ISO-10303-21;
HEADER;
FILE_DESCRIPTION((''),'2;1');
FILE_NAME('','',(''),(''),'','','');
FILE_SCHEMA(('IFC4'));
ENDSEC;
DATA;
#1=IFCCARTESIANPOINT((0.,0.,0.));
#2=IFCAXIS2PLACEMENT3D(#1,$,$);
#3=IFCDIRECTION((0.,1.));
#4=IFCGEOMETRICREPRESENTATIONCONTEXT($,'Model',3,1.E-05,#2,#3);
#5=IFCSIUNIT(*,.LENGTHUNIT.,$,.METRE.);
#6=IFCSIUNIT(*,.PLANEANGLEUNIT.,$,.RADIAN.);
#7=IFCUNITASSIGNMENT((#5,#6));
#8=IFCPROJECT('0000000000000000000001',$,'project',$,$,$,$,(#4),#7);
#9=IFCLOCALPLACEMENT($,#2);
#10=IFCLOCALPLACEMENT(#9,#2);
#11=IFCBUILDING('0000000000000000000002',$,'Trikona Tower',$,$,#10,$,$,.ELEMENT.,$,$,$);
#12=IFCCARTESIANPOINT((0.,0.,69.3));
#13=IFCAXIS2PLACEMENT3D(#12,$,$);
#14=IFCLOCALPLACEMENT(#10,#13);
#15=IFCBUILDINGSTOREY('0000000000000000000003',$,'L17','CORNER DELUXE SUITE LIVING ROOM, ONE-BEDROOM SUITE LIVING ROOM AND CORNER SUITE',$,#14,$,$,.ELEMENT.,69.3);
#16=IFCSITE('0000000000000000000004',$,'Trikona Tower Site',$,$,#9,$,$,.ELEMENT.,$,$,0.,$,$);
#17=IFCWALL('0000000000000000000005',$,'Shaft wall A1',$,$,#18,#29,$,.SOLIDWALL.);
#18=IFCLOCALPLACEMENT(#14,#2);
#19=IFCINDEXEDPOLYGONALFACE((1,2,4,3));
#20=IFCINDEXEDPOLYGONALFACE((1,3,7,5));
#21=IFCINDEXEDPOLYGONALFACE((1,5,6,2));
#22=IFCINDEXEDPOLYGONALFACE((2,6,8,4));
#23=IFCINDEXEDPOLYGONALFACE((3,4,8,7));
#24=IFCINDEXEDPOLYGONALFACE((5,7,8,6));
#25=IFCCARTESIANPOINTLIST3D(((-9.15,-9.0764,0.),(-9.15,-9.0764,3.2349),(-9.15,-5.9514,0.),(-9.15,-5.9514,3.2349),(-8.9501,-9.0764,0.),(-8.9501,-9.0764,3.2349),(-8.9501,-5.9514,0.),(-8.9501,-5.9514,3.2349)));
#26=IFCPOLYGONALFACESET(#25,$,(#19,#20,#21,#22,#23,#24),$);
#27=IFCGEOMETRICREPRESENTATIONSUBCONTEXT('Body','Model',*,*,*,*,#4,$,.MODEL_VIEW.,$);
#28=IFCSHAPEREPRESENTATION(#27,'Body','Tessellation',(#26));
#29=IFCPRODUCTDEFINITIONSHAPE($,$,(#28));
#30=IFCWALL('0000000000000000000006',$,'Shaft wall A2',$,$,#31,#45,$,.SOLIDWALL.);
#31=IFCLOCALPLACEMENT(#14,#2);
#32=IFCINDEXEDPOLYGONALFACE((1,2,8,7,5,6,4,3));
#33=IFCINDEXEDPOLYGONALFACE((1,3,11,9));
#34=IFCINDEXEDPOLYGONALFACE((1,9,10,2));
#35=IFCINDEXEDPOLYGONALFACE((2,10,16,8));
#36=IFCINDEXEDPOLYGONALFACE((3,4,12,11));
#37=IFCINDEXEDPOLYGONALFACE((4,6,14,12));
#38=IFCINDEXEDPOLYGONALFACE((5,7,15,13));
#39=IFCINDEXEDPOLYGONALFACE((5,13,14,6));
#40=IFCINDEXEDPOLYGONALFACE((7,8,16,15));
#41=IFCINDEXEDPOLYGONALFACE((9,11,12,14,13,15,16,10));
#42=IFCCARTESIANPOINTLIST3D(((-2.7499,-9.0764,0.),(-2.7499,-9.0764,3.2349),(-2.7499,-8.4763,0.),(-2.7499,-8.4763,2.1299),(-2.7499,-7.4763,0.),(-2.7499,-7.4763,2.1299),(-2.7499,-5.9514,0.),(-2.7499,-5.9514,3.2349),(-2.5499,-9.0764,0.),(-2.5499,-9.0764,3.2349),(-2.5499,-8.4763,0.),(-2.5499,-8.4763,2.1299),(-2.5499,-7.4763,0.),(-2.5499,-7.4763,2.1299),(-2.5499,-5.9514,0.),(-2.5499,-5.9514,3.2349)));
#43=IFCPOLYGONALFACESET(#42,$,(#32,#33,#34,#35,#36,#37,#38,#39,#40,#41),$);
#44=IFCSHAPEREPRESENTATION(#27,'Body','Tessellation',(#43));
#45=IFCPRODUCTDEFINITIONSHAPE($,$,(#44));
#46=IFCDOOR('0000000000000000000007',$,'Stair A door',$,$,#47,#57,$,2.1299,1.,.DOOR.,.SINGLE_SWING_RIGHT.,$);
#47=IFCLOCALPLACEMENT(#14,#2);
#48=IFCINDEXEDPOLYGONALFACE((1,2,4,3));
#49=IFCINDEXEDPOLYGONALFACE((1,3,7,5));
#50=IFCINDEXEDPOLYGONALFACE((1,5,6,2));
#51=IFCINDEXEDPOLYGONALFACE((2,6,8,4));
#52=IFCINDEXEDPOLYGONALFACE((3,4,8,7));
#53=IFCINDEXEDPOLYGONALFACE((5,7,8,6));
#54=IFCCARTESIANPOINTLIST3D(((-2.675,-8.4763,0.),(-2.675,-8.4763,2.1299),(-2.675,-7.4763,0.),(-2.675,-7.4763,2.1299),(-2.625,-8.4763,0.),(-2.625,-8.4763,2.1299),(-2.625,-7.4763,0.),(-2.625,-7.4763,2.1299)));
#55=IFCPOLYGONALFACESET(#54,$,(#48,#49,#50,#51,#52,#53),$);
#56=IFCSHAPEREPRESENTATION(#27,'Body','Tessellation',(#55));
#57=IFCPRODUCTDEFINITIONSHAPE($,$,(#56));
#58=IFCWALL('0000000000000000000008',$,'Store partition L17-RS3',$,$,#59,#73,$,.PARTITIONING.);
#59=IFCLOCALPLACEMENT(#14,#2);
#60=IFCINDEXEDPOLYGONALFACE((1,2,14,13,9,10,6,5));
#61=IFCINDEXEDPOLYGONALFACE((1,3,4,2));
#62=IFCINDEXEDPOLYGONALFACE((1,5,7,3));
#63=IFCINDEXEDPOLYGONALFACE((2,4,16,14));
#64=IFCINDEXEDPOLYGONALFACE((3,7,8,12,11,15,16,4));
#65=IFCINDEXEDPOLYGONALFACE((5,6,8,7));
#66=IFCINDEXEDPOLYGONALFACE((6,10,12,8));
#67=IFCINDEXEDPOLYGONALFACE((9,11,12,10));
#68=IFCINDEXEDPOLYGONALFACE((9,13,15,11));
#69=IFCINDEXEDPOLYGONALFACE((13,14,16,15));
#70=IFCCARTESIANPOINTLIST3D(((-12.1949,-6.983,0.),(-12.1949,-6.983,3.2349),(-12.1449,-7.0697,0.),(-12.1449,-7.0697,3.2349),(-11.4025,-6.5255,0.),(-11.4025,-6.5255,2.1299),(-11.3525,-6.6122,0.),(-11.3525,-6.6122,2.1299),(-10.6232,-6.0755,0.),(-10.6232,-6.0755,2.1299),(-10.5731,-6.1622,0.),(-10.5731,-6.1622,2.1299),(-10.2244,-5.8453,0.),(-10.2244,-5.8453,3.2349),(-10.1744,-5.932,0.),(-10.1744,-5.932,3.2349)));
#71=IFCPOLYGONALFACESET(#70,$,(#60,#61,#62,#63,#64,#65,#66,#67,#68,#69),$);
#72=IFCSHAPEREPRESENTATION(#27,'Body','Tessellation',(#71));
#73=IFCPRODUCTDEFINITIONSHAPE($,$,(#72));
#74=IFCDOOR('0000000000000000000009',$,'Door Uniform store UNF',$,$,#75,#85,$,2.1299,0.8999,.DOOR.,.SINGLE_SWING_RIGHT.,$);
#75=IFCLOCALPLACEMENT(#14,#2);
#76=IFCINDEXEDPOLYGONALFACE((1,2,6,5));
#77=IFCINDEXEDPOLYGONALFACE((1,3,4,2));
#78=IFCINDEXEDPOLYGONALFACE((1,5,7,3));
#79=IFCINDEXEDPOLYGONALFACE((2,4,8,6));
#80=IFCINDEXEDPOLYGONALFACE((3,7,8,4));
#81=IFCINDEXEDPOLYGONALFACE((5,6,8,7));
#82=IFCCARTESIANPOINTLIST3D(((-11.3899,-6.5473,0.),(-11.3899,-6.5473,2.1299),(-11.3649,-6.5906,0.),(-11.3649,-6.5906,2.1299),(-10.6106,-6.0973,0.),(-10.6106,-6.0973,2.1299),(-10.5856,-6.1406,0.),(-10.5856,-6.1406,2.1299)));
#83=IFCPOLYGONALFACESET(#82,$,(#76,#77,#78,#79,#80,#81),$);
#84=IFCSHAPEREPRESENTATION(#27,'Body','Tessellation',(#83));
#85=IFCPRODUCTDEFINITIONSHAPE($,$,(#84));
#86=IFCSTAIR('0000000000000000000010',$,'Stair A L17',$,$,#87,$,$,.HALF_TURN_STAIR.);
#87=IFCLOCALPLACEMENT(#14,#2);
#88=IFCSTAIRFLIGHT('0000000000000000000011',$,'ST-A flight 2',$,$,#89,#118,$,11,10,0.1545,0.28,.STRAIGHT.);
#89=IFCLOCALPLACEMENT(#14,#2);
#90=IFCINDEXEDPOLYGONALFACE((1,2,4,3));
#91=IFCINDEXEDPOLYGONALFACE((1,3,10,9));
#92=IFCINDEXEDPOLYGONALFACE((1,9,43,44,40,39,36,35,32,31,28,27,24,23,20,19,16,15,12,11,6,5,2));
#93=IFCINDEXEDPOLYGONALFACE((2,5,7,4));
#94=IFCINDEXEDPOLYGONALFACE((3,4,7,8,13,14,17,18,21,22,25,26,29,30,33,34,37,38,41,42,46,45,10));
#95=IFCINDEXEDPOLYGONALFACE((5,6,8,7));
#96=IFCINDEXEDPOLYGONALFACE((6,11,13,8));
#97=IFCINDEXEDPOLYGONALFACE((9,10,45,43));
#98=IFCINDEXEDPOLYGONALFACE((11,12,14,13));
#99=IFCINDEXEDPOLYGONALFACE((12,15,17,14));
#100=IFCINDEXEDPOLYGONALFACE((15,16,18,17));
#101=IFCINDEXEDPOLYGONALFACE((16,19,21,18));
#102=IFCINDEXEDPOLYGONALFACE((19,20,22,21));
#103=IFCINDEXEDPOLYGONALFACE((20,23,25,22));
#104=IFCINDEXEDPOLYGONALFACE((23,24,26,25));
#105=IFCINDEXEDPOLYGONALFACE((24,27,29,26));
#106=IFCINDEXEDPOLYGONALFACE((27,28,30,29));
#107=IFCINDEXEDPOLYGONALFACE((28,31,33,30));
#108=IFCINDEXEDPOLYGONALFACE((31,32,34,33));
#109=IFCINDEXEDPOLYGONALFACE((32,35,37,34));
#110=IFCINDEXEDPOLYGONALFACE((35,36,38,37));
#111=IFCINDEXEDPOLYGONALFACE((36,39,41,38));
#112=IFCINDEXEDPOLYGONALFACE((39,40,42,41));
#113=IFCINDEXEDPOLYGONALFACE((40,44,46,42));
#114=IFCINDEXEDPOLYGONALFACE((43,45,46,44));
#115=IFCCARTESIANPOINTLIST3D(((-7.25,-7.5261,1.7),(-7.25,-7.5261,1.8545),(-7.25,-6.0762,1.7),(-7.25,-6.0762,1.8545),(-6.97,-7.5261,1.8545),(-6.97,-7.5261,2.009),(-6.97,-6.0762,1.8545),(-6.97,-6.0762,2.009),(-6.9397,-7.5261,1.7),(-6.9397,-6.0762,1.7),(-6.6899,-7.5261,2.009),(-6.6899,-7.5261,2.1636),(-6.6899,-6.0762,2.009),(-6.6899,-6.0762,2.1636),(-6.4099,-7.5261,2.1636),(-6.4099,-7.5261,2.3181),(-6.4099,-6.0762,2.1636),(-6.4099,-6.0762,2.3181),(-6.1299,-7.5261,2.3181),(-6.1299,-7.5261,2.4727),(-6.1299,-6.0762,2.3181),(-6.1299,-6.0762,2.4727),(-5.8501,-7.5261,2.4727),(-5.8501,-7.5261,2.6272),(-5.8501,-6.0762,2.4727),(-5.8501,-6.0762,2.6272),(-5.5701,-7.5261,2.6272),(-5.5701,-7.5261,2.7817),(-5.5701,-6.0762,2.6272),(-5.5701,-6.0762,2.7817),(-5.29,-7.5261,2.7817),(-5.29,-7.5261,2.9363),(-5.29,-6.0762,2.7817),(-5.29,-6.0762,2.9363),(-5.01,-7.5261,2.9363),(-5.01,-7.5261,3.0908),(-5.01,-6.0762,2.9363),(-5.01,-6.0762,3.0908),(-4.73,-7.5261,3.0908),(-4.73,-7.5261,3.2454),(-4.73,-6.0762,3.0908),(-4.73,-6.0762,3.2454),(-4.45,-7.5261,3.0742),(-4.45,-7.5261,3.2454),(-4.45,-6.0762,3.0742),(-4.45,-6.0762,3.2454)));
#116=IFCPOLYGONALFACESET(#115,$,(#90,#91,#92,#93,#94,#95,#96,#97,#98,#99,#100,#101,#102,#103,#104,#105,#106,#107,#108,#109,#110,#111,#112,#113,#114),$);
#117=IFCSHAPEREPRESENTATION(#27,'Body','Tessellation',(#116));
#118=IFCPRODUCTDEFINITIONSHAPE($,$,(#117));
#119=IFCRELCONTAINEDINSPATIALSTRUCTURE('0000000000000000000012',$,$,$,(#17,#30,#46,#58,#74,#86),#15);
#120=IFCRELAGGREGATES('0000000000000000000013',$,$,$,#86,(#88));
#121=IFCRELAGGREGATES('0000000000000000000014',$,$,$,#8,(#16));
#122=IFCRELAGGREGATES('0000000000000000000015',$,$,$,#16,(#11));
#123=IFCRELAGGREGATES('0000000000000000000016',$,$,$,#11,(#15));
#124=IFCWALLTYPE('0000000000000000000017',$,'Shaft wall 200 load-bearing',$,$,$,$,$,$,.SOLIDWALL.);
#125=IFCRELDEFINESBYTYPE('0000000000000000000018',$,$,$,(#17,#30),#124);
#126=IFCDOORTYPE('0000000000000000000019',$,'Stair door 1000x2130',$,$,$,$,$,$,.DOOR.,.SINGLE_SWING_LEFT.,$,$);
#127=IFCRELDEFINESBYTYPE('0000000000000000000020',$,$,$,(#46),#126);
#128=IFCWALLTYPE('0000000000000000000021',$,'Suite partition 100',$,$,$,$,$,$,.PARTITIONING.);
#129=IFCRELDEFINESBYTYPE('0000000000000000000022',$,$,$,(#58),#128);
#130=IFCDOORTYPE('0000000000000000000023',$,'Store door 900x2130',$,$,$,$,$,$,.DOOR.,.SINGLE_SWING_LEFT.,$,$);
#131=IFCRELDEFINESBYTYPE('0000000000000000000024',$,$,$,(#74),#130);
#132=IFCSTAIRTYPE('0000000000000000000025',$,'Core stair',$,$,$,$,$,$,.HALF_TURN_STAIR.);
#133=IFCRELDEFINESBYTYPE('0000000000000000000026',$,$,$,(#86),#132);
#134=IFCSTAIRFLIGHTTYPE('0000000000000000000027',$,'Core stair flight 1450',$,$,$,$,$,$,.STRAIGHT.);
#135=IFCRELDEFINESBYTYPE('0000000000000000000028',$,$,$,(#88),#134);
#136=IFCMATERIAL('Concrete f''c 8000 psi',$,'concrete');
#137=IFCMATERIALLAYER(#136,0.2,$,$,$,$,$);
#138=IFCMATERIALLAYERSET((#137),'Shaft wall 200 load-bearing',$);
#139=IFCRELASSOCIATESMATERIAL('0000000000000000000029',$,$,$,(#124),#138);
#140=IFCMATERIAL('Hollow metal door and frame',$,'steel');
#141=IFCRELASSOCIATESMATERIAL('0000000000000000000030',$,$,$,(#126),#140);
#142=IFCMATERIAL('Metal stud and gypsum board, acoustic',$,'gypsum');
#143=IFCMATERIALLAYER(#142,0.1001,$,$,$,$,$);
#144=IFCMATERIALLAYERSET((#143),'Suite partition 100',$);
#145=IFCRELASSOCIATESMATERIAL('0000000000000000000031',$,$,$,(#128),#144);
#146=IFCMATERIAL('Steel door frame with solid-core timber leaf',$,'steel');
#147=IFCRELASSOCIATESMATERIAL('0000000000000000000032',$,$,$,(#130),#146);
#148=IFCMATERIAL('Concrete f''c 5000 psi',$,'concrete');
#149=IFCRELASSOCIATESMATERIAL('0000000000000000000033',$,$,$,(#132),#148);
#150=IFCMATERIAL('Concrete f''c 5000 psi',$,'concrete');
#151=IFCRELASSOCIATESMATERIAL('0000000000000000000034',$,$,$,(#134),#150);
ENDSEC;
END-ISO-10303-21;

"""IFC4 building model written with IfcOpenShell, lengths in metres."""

from ifc_helpers import new_model, si_unit, direction, frame, frame_2d, origin, place, context, subcontext, project, spatial, polyline, rectangle, outline, extrude, material, layer, layer_set, type_object, element, fill, aggregate, save


model = new_model("IFC4")

# Units and contexts
model_context = context("Model", 3, precision=1e-05, world=origin(), true_north=direction((0.0, 1.0)))
body_context = subcontext(model_context, "Body", "Model", "MODEL_VIEW")
ifc_project = project(units=[si_unit("LENGTHUNIT", "METRE"), si_unit("PLANEANGLEUNIT", "RADIAN")], contexts=[model_context])

# Site, building, storey
site_placement = place(None, origin())
site = spatial("IfcSite", under=ifc_project, at=site_placement, Name="Trikona Tower Site", CompositionType="ELEMENT", RefElevation=0.0)
building_placement = place(site_placement, origin())
building = spatial("IfcBuilding", under=site, at=building_placement, Name="Trikona Tower", CompositionType="ELEMENT")
storey_placement = place(building_placement, frame((0.0, 0.0, 69.3)))
storey = spatial("IfcBuildingStorey", under=building, at=storey_placement, Name="L17", Description="CORNER DELUXE SUITE LIVING ROOM, ONE-BEDROOM SUITE LIVING ROOM AND CORNER SUITE", CompositionType="ELEMENT", Elevation=69.3)

# Wall
ifc_material_1 = material(Name="Concrete f'c 8000 psi", Category="concrete")
ifc_layer_1 = layer(ifc_material_1, 0.2)
ifc_layer_set_1 = layer_set([ifc_layer_1], Name="Shaft wall 200 load-bearing")
wall_type_1 = type_object("IfcWallType", Name="Shaft wall 200 load-bearing", PredefinedType="SOLIDWALL", material=ifc_layer_set_1)
wall_1_placement = place(storey_placement, frame((-9.05, -5.9514, 0.0), z_axis=(0.0, 0.0, 1.0), x_axis=(0.0, -1.0, 0.0)))
element("IfcWall", 1, at=wall_1_placement, inside=storey, type_object=wall_type_1, Name="Shaft wall A1", PredefinedType="SOLIDWALL", context=body_context, shape_type="SweptSolid", body=[
    extrude(rectangle(XDim=3.125, YDim=0.2, at=frame_2d((1.5625, 0.0))), origin(), (0.0, 0.0, 1.0), 3.2349),
])

# Walls, openings, doors
wall_2_placement = place(storey_placement, frame((-2.6499, -5.9514, 0.0), z_axis=(0.0, 0.0, 1.0), x_axis=(0.0, -1.0, 0.0)))
wall_2 = element("IfcWall", 2, at=wall_2_placement, inside=storey, type_object=wall_type_1, Name="Shaft wall A2", PredefinedType="SOLIDWALL", context=body_context, shape_type="SweptSolid", body=[
    extrude(rectangle(XDim=3.125, YDim=0.2, at=frame_2d((1.5625, 0.0))), origin(), (0.0, 0.0, 1.0), 3.2349),
])
opening_1_placement = place(wall_2_placement, frame((1.5249, 0.0, 0.0)))
opening_1 = element("IfcOpeningElement", 3, at=opening_1_placement, cuts=wall_2, PredefinedType="OPENING", context=body_context, shape_type="SweptSolid", body=[
    extrude(rectangle(XDim=1.0, YDim=2.1299, at=frame_2d((0.5, 1.0649))), frame((0.0, 0.1099, 0.0), z_axis=(0.0, -1.0, 0.0), x_axis=(1.0, 0.0, 0.0)), (0.0, 0.0, 1.0), 0.22),
])
ifc_material_2 = material(Name="Hollow metal door and frame", Category="steel")
door_type_1 = type_object("IfcDoorType", Name="Stair door 1000x2130", OperationType="SINGLE_SWING_LEFT", PredefinedType="DOOR", material=ifc_material_2)
door_1_placement = place(opening_1_placement, origin())
door_1 = element("IfcDoor", 4, at=door_1_placement, inside=storey, type_object=door_type_1, Name="Stair A door", OperationType="SINGLE_SWING_RIGHT", OverallHeight=2.1299, OverallWidth=1.0, PredefinedType="DOOR", context=body_context, shape_type="SweptSolid", body=[
    extrude(rectangle(XDim=1.0, YDim=2.1299, at=frame_2d((0.5, 1.0649))), frame((0.0, 0.0249, 0.0), z_axis=(0.0, -1.0, 0.0), x_axis=(1.0, 0.0, 0.0)), (0.0, 0.0, 1.0), 0.05),
])
fill(opening_1, door_1)
ifc_material_3 = material(Name="Metal stud and gypsum board, acoustic", Category="gypsum")
ifc_layer_2 = layer(ifc_material_3, 0.1001)
ifc_layer_set_2 = layer_set([ifc_layer_2], Name="Suite partition 100")
wall_type_2 = type_object("IfcWallType", Name="Suite partition 100", PredefinedType="PARTITIONING", material=ifc_layer_set_2)
wall_3_placement = place(storey_placement, frame((-12.1699, -7.0264, 0.0), z_axis=(0.0, 0.0, 1.0), x_axis=(0.866016, 0.500017, 0.0)))
wall_3 = element("IfcWall", 5, at=wall_3_placement, inside=storey, type_object=wall_type_2, Name="Store partition L17-RS3", PredefinedType="PARTITIONING", context=body_context, shape_type="SweptSolid", body=[
    extrude(rectangle(XDim=2.2754, YDim=0.1001, at=frame_2d((1.1377, 0.0))), origin(), (0.0, 0.0, 1.0), 3.2349),
])
opening_2_placement = place(wall_3_placement, frame((0.915, 0.0, 0.0)))
opening_2 = element("IfcOpeningElement", 6, at=opening_2_placement, cuts=wall_3, PredefinedType="OPENING", context=body_context, shape_type="SweptSolid", body=[
    extrude(rectangle(XDim=0.8999, YDim=2.1299, at=frame_2d((0.45, 1.0649))), frame((0.0, 0.0601, 0.0), z_axis=(0.0, -1.0, 0.0), x_axis=(1.0, 0.0, 0.0)), (0.0, 0.0, 1.0), 0.1201),
])
ifc_material_4 = material(Name="Steel door frame with solid-core timber leaf", Category="steel")
door_type_2 = type_object("IfcDoorType", Name="Store door 900x2130", OperationType="SINGLE_SWING_LEFT", PredefinedType="DOOR", material=ifc_material_4)
door_2_placement = place(opening_2_placement, origin())
door_2 = element("IfcDoor", 7, at=door_2_placement, inside=storey, type_object=door_type_2, Name="Door Uniform store UNF", OperationType="SINGLE_SWING_RIGHT", OverallHeight=2.1299, OverallWidth=0.8999, PredefinedType="DOOR", context=body_context, shape_type="SweptSolid", body=[
    extrude(rectangle(XDim=0.8999, YDim=2.1299, at=frame_2d((0.45, 1.0649))), frame((0.0, 0.0249, 0.0), z_axis=(0.0, -1.0, 0.0), x_axis=(1.0, 0.0, 0.0)), (0.0, 0.0, 1.0), 0.05),
])
fill(opening_2, door_2)

# Stair, stair flight
ifc_material_5 = material(Name="Concrete f'c 5000 psi", Category="concrete")
stair_type = type_object("IfcStairType", Name="Core stair", PredefinedType="HALF_TURN_STAIR", material=ifc_material_5)
stair_placement = place(storey_placement, origin())
stair = element("IfcStair", 8, at=stair_placement, inside=storey, type_object=stair_type, Name="Stair A L17", PredefinedType="HALF_TURN_STAIR")
ifc_material_6 = material(Name="Concrete f'c 5000 psi", Category="concrete")
stair_flight_type = type_object("IfcStairFlightType", Name="Core stair flight 1450", PredefinedType="STRAIGHT", material=ifc_material_6)
stair_flight_placement = place(storey_placement, frame((-7.25, -6.8013, 1.7), z_axis=(0.0, 0.0, 1.0), x_axis=(1.0, 0.0, 0.0)))
stair_flight = element("IfcStairFlight", 9, at=stair_flight_placement, type_object=stair_flight_type, Name="ST-A flight 2", NumberOfRisers=11, NumberOfTreads=10, PredefinedType="STRAIGHT", RiserHeight=0.1545, TreadLength=0.28, context=body_context, shape_type="SweptSolid", body=[
    extrude(outline(polyline([(0.0, 0.0), (0.0, 0.1545), (0.28, 0.1545), (0.28, 0.3091), (0.5601, 0.3091), (0.5601, 0.4636), (0.8401, 0.4636), (0.8401, 0.6182), (1.1201, 0.6182), (1.1201, 0.7727), (1.3999, 0.7727), (1.3999, 0.9272), (1.6799, 0.9272), (1.6799, 1.0818), (1.96, 1.0818), (1.96, 1.2363), (2.24, 1.2363), (2.24, 1.3909), (2.52, 1.3909), (2.52, 1.5454), (2.8, 1.5454), (2.8, 1.7), (2.8, 1.3743), (0.3103, 0.0), (0.0, 0.0)])), frame((0.0, 0.7251, 0.0), z_axis=(0.0, -1.0, 0.0), x_axis=(1.0, 0.0, 0.0)), (0.0, 0.0, 1.0), 1.45),
])
aggregate(stair, [stair_flight])

save(model, "model.ifc")
